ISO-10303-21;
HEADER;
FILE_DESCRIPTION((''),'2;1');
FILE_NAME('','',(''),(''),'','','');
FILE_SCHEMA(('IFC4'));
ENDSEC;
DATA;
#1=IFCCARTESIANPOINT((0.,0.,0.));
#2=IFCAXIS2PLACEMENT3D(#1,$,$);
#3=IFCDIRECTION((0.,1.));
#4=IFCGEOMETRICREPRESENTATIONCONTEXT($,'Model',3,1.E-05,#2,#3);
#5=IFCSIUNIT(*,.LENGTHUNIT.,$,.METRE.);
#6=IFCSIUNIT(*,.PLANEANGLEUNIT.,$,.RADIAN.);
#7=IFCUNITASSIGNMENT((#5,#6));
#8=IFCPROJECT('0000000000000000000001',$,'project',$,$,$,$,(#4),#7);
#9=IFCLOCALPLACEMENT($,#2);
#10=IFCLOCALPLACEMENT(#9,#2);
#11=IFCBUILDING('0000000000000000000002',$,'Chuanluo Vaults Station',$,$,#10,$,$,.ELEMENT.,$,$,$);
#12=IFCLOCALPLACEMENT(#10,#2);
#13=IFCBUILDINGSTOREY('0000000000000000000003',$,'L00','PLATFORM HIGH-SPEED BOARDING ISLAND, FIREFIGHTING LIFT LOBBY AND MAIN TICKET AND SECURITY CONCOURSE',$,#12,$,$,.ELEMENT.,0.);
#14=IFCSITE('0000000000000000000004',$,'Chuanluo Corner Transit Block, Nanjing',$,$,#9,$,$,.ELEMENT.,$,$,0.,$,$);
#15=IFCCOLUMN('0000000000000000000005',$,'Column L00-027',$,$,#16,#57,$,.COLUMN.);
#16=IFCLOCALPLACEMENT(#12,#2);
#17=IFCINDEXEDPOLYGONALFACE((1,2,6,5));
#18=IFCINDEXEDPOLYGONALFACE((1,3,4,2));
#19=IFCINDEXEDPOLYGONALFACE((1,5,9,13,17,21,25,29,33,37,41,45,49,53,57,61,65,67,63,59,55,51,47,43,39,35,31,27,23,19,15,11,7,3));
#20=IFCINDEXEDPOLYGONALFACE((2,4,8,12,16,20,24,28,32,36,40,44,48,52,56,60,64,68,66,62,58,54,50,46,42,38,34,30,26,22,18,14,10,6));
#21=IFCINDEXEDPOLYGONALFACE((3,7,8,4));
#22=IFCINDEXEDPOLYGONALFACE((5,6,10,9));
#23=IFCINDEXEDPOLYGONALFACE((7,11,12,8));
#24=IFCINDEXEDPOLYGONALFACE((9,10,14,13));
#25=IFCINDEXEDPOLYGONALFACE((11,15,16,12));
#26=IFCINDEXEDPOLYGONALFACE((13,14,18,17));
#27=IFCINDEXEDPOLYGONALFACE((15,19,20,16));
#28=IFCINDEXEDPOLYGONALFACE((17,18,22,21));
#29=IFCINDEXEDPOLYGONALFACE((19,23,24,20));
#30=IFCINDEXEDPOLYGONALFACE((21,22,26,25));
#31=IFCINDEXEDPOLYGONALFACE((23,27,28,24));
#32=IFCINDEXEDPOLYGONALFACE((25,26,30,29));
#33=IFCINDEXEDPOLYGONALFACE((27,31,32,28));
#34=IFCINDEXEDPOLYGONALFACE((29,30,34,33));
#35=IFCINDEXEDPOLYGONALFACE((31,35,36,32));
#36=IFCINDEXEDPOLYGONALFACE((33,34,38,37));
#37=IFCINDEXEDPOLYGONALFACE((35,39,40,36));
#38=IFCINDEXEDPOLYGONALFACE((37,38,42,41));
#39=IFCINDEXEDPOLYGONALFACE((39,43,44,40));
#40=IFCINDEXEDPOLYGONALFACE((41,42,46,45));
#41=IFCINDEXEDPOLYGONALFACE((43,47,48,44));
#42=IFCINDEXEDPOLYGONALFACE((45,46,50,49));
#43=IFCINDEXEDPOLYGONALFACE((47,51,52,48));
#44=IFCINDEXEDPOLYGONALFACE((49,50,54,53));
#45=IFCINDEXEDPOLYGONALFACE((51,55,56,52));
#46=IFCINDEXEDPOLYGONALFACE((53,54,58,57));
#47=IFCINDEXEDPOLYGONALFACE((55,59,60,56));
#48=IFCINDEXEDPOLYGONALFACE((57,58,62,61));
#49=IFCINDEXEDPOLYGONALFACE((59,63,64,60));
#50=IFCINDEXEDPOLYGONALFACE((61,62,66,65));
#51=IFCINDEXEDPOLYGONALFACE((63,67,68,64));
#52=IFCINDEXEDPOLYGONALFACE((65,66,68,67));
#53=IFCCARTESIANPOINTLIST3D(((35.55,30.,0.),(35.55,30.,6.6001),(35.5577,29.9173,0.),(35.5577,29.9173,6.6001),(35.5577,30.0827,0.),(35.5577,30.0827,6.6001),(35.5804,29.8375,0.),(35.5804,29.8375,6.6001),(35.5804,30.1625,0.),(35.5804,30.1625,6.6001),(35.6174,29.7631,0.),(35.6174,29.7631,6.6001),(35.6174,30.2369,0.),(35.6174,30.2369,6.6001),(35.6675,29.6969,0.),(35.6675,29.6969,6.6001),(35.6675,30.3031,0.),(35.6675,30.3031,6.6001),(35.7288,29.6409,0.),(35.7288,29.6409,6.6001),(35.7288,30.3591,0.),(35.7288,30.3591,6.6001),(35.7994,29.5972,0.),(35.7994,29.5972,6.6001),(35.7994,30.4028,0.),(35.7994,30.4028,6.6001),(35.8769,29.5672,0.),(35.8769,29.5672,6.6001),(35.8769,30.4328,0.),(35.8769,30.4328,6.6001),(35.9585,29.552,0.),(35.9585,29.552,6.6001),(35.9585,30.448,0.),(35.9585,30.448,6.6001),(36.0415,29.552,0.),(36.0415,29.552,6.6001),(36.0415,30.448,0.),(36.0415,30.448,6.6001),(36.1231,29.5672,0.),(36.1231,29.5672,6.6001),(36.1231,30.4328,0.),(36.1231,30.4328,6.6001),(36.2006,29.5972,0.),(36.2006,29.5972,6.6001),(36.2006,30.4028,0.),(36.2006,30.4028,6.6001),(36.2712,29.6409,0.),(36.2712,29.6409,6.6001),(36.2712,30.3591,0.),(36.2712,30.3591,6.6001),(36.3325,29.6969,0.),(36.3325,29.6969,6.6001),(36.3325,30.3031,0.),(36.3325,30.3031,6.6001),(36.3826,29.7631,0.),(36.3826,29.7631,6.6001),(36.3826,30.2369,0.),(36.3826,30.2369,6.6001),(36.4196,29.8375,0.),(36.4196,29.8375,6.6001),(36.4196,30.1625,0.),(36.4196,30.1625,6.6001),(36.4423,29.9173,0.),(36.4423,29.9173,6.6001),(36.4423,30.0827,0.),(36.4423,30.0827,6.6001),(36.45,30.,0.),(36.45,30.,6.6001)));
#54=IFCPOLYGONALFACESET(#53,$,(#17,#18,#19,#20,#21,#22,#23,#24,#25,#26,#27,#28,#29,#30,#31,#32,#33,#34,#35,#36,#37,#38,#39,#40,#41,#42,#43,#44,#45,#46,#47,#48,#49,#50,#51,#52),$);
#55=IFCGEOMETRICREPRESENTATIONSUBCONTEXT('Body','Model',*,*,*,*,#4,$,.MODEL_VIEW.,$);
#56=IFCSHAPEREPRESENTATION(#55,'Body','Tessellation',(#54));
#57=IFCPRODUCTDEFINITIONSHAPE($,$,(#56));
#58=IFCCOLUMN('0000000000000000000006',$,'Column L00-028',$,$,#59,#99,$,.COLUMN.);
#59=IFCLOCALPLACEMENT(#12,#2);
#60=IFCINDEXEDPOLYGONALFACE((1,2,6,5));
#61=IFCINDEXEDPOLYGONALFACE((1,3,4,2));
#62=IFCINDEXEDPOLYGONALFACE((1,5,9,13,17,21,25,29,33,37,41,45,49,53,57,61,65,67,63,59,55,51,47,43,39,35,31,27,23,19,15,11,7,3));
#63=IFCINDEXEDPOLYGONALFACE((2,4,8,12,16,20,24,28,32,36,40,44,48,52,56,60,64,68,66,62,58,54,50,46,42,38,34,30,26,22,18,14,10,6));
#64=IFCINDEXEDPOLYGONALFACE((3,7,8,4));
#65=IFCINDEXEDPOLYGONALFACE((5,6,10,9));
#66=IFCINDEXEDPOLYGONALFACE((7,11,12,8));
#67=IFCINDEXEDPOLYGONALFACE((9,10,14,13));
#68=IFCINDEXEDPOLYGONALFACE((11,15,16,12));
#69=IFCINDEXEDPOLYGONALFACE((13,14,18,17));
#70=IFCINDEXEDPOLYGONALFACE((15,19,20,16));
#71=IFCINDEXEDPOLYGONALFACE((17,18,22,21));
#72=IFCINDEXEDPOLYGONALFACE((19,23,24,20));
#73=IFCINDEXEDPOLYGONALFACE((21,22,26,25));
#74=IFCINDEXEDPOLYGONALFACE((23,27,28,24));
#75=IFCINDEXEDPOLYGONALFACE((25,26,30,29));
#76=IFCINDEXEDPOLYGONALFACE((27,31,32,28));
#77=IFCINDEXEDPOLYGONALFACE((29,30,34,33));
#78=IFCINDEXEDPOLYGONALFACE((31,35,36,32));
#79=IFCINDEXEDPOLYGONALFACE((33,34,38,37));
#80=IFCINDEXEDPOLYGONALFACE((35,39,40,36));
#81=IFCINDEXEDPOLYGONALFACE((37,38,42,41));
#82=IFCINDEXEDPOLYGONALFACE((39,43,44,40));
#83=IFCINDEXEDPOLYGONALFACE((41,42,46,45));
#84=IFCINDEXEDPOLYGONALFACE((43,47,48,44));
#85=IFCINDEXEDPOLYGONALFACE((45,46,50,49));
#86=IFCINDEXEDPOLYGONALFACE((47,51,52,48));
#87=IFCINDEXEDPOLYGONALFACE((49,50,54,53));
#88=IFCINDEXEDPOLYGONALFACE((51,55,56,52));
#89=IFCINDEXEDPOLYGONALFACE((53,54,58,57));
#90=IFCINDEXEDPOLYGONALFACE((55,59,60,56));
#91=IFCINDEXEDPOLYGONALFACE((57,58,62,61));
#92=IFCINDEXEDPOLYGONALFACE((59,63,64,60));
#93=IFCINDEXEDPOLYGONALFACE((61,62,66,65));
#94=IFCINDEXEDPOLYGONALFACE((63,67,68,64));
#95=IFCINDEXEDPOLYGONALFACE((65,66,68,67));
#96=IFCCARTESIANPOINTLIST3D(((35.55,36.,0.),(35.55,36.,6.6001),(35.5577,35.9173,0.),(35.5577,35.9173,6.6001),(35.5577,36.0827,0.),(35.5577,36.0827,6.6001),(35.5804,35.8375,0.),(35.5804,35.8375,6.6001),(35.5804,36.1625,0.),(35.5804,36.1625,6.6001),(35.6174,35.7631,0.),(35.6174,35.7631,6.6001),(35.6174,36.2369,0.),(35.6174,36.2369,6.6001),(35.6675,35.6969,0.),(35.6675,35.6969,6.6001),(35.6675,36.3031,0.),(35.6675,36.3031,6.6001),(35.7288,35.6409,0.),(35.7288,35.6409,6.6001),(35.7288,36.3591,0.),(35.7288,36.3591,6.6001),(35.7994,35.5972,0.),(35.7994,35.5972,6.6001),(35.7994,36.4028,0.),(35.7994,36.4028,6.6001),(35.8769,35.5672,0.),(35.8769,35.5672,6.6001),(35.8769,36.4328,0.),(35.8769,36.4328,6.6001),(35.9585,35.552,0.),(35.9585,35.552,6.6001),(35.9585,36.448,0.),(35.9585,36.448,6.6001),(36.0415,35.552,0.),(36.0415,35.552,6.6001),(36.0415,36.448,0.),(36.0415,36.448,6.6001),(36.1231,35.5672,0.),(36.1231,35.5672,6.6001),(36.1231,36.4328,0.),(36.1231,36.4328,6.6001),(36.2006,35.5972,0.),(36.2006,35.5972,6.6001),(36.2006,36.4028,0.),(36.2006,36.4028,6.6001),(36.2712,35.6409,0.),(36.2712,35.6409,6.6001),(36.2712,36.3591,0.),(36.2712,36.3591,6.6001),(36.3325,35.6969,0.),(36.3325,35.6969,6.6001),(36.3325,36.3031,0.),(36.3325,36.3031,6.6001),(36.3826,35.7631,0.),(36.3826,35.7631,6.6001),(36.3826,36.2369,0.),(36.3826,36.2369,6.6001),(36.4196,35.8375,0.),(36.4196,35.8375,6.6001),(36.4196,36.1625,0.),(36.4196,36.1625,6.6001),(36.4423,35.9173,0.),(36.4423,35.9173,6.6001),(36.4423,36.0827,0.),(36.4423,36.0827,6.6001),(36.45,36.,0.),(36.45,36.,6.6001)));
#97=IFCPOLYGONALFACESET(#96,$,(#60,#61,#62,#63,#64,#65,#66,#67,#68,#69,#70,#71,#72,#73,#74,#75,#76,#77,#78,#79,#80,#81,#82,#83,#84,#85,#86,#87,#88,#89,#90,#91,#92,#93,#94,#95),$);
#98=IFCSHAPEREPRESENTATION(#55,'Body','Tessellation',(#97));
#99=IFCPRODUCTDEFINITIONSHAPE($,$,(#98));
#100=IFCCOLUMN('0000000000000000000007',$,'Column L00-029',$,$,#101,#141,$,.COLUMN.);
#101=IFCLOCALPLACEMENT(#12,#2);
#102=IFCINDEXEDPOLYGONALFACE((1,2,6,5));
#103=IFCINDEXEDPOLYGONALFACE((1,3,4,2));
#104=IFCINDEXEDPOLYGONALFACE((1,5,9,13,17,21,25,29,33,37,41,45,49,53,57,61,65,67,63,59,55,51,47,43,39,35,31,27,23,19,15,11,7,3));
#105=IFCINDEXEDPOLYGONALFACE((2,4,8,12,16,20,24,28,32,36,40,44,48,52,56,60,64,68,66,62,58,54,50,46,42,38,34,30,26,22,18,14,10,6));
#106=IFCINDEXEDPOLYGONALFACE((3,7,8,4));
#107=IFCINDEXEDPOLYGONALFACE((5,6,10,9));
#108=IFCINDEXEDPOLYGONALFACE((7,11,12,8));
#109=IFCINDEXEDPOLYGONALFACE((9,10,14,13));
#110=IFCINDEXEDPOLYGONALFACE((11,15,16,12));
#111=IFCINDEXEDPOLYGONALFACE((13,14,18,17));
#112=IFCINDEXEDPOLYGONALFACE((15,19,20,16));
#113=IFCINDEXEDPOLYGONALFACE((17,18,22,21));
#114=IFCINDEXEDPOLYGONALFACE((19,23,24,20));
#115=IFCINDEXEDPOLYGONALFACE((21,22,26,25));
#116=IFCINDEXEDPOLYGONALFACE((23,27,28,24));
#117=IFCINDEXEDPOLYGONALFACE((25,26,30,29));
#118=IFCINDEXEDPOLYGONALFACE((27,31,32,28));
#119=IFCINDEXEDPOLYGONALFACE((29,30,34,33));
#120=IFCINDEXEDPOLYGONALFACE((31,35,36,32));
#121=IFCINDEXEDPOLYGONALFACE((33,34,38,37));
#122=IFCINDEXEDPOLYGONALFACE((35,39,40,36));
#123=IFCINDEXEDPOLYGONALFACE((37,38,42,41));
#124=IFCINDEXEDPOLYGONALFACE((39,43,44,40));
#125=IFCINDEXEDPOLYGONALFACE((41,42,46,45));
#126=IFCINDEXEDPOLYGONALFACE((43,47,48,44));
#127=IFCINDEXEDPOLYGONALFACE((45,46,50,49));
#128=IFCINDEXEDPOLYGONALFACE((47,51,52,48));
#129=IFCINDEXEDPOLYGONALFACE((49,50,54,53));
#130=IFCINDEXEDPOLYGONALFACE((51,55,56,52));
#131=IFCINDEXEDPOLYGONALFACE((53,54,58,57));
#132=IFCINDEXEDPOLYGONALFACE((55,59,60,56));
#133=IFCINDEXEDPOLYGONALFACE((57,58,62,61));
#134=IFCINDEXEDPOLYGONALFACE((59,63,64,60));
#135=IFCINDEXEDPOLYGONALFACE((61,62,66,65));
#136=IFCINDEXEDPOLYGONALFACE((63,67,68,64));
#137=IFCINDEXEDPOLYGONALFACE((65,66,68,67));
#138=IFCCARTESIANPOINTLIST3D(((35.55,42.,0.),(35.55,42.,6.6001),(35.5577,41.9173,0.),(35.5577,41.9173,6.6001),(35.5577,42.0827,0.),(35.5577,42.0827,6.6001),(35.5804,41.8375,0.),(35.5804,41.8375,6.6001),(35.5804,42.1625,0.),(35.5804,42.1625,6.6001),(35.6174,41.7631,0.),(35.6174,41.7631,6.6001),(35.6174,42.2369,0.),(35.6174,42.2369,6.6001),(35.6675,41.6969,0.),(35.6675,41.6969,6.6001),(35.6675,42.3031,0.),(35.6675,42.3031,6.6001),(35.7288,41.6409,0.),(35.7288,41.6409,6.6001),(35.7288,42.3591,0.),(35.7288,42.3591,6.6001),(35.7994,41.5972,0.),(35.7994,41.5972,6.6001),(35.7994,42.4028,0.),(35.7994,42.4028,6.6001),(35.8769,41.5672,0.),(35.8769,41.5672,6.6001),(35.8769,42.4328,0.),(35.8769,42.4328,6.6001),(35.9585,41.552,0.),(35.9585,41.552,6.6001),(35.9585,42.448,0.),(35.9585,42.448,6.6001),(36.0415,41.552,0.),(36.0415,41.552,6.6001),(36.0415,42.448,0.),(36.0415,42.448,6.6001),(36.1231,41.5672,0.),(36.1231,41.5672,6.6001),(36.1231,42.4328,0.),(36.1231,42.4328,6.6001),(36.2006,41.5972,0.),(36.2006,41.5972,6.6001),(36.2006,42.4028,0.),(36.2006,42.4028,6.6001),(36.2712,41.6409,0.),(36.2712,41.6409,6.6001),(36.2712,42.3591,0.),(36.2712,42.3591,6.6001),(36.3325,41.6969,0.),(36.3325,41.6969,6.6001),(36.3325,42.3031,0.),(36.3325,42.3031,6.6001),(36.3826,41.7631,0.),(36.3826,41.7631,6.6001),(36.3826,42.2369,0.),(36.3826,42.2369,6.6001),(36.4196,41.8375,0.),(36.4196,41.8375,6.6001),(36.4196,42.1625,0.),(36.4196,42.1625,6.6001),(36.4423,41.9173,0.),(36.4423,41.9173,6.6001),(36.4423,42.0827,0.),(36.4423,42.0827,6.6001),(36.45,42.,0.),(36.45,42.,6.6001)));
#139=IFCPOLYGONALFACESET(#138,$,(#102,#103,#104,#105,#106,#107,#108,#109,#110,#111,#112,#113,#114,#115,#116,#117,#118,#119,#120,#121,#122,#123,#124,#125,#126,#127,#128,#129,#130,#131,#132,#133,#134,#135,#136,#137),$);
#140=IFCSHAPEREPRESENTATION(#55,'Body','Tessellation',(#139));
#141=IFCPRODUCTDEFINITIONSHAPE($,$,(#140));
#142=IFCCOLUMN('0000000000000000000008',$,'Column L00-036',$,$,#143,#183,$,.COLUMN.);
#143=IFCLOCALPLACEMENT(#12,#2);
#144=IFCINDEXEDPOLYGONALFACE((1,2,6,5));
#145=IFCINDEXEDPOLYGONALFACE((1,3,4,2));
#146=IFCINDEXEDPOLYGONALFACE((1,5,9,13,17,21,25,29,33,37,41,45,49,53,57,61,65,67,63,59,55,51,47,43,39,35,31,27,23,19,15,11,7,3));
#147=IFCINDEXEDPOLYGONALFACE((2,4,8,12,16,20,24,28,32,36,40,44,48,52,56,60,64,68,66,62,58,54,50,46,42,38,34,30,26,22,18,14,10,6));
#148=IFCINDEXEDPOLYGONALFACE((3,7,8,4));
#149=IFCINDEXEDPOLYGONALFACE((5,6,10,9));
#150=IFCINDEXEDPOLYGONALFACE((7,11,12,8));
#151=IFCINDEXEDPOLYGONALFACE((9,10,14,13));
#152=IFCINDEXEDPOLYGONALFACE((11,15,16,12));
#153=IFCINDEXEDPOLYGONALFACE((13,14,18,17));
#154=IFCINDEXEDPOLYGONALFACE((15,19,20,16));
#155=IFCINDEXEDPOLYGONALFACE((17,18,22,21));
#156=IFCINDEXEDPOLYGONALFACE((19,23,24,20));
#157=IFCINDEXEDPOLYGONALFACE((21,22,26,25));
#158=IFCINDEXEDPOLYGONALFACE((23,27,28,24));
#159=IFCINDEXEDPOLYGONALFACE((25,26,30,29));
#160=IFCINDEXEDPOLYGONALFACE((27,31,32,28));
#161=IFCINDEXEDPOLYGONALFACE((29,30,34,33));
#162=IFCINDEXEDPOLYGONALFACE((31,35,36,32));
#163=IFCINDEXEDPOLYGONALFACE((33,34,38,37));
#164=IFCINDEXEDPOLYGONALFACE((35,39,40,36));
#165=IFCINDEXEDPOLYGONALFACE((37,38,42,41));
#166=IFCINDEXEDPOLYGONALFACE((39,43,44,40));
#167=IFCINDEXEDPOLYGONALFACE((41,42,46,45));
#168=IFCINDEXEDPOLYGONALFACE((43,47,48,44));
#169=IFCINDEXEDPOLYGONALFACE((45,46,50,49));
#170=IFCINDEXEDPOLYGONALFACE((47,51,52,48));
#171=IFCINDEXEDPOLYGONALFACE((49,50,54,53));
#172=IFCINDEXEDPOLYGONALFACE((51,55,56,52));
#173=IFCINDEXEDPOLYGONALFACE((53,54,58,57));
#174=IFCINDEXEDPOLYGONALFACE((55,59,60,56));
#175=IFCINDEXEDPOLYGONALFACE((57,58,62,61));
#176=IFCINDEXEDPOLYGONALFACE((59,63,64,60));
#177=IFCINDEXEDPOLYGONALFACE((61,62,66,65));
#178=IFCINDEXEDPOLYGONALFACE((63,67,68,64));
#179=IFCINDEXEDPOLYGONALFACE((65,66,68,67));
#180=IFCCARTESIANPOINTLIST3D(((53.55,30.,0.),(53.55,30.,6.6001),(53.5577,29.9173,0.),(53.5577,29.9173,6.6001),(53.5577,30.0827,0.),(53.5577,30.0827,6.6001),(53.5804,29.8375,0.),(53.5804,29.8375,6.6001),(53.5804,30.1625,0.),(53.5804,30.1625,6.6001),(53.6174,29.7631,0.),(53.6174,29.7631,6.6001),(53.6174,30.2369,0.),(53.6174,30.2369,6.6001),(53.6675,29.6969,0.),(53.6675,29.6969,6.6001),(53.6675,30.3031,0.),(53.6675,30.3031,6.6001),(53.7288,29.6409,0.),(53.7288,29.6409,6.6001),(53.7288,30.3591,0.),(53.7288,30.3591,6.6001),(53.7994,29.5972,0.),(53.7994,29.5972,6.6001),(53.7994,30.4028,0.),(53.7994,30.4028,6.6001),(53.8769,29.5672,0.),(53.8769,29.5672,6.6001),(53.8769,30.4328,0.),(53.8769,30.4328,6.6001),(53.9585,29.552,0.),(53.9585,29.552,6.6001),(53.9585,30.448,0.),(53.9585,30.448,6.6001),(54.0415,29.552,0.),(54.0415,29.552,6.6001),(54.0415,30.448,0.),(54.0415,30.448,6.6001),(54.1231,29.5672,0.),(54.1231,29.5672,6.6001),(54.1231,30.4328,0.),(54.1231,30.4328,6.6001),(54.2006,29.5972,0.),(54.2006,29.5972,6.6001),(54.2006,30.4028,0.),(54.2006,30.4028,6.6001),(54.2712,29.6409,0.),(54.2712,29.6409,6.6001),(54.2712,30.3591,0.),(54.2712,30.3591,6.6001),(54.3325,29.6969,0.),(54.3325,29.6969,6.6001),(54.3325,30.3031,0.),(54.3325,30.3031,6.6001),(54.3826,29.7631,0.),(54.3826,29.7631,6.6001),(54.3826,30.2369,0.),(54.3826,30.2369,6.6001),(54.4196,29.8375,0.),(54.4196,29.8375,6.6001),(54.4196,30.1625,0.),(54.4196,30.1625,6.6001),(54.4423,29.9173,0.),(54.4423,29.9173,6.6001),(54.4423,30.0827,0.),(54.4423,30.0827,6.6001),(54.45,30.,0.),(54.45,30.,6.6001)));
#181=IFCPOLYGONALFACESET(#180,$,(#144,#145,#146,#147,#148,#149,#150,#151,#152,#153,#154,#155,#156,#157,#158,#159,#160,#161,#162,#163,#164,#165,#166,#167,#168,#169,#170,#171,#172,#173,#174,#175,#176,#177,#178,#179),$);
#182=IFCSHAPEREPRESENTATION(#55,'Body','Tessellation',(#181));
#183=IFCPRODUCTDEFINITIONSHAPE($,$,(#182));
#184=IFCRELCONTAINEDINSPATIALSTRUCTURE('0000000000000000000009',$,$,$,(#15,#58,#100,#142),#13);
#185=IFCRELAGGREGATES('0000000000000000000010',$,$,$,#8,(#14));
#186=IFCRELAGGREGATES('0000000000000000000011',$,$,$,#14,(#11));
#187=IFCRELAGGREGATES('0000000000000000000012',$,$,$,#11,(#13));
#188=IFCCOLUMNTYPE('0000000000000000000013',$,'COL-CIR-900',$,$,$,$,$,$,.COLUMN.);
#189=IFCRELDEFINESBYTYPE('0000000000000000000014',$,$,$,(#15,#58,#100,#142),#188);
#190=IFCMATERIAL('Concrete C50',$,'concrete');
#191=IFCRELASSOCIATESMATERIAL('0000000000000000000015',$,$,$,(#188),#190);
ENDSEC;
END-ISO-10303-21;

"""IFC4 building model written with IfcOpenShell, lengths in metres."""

from ifc_helpers import new_model, si_unit, direction, frame, origin, origin_2d, place, context, subcontext, project, spatial, circle, extrude, material, material_profile, profile_set, type_object, element, save


model = new_model("IFC4")

# Units and contexts
model_context = context("Model", 3, precision=1e-05, world=origin(), true_north=direction((0.0, 1.0)))
body_context = subcontext(model_context, "Body", "Model", "MODEL_VIEW")
ifc_project = project(units=[si_unit("LENGTHUNIT", "METRE"), si_unit("PLANEANGLEUNIT", "RADIAN")], contexts=[model_context])

# Site, building, storey
site_placement = place(None, origin())
site = spatial("IfcSite", under=ifc_project, at=site_placement, Name="Chuanluo Corner Transit Block, Nanjing", CompositionType="ELEMENT", RefElevation=0.0)
building_placement = place(site_placement, origin())
building = spatial("IfcBuilding", under=site, at=building_placement, Name="Chuanluo Vaults Station", CompositionType="ELEMENT")
storey_placement = place(building_placement, origin())
storey = spatial("IfcBuildingStorey", under=building, at=storey_placement, Name="L00", Description="PLATFORM HIGH-SPEED BOARDING ISLAND, FIREFIGHTING LIFT LOBBY AND MAIN TICKET AND SECURITY CONCOURSE", CompositionType="ELEMENT", Elevation=0.0)

# Columns
ifc_material_1 = material(Name="Concrete C50", Category="concrete")
ifc_material_profile_1 = material_profile(ifc_material_1, circle(Radius=0.45, at=origin_2d()))
ifc_profile_set_1 = profile_set([ifc_material_profile_1], Name="Concrete C50")
column_type = type_object("IfcColumnType", Name="COL-CIR-900", PredefinedType="COLUMN", material=ifc_profile_set_1)
for number, where, z_axis, x_axis, name in (
    (1, (36.0, 30.0, 0.0), (0.0, 0.0, 1.0), (1.0, 0.0, 0.0), "Column L00-027"),
    (2, (36.0, 36.0, 0.0), (0.0, 0.0, 1.0), (1.0, 0.0, 0.0), "Column L00-028"),
    (3, (36.0, 42.0, 0.0), (0.0, 0.0, 1.0), (1.0, 0.0, 0.0), "Column L00-029"),
    (4, (54.0, 30.0, 0.0), (0.0, 0.0, 1.0), (1.0, 0.0, 0.0), "Column L00-036"),
):
    element("IfcColumn", number, at=place(storey_placement, frame(where, z_axis=z_axis, x_axis=x_axis)), inside=storey, type_object=column_type, Name=name, PredefinedType="COLUMN", context=body_context, shape_type="SweptSolid", body=[
        extrude(circle(Radius=0.45, at=origin_2d()), origin(), (0.0, 0.0, 1.0), 6.6001),
    ])

save(model, "model.ifc")
